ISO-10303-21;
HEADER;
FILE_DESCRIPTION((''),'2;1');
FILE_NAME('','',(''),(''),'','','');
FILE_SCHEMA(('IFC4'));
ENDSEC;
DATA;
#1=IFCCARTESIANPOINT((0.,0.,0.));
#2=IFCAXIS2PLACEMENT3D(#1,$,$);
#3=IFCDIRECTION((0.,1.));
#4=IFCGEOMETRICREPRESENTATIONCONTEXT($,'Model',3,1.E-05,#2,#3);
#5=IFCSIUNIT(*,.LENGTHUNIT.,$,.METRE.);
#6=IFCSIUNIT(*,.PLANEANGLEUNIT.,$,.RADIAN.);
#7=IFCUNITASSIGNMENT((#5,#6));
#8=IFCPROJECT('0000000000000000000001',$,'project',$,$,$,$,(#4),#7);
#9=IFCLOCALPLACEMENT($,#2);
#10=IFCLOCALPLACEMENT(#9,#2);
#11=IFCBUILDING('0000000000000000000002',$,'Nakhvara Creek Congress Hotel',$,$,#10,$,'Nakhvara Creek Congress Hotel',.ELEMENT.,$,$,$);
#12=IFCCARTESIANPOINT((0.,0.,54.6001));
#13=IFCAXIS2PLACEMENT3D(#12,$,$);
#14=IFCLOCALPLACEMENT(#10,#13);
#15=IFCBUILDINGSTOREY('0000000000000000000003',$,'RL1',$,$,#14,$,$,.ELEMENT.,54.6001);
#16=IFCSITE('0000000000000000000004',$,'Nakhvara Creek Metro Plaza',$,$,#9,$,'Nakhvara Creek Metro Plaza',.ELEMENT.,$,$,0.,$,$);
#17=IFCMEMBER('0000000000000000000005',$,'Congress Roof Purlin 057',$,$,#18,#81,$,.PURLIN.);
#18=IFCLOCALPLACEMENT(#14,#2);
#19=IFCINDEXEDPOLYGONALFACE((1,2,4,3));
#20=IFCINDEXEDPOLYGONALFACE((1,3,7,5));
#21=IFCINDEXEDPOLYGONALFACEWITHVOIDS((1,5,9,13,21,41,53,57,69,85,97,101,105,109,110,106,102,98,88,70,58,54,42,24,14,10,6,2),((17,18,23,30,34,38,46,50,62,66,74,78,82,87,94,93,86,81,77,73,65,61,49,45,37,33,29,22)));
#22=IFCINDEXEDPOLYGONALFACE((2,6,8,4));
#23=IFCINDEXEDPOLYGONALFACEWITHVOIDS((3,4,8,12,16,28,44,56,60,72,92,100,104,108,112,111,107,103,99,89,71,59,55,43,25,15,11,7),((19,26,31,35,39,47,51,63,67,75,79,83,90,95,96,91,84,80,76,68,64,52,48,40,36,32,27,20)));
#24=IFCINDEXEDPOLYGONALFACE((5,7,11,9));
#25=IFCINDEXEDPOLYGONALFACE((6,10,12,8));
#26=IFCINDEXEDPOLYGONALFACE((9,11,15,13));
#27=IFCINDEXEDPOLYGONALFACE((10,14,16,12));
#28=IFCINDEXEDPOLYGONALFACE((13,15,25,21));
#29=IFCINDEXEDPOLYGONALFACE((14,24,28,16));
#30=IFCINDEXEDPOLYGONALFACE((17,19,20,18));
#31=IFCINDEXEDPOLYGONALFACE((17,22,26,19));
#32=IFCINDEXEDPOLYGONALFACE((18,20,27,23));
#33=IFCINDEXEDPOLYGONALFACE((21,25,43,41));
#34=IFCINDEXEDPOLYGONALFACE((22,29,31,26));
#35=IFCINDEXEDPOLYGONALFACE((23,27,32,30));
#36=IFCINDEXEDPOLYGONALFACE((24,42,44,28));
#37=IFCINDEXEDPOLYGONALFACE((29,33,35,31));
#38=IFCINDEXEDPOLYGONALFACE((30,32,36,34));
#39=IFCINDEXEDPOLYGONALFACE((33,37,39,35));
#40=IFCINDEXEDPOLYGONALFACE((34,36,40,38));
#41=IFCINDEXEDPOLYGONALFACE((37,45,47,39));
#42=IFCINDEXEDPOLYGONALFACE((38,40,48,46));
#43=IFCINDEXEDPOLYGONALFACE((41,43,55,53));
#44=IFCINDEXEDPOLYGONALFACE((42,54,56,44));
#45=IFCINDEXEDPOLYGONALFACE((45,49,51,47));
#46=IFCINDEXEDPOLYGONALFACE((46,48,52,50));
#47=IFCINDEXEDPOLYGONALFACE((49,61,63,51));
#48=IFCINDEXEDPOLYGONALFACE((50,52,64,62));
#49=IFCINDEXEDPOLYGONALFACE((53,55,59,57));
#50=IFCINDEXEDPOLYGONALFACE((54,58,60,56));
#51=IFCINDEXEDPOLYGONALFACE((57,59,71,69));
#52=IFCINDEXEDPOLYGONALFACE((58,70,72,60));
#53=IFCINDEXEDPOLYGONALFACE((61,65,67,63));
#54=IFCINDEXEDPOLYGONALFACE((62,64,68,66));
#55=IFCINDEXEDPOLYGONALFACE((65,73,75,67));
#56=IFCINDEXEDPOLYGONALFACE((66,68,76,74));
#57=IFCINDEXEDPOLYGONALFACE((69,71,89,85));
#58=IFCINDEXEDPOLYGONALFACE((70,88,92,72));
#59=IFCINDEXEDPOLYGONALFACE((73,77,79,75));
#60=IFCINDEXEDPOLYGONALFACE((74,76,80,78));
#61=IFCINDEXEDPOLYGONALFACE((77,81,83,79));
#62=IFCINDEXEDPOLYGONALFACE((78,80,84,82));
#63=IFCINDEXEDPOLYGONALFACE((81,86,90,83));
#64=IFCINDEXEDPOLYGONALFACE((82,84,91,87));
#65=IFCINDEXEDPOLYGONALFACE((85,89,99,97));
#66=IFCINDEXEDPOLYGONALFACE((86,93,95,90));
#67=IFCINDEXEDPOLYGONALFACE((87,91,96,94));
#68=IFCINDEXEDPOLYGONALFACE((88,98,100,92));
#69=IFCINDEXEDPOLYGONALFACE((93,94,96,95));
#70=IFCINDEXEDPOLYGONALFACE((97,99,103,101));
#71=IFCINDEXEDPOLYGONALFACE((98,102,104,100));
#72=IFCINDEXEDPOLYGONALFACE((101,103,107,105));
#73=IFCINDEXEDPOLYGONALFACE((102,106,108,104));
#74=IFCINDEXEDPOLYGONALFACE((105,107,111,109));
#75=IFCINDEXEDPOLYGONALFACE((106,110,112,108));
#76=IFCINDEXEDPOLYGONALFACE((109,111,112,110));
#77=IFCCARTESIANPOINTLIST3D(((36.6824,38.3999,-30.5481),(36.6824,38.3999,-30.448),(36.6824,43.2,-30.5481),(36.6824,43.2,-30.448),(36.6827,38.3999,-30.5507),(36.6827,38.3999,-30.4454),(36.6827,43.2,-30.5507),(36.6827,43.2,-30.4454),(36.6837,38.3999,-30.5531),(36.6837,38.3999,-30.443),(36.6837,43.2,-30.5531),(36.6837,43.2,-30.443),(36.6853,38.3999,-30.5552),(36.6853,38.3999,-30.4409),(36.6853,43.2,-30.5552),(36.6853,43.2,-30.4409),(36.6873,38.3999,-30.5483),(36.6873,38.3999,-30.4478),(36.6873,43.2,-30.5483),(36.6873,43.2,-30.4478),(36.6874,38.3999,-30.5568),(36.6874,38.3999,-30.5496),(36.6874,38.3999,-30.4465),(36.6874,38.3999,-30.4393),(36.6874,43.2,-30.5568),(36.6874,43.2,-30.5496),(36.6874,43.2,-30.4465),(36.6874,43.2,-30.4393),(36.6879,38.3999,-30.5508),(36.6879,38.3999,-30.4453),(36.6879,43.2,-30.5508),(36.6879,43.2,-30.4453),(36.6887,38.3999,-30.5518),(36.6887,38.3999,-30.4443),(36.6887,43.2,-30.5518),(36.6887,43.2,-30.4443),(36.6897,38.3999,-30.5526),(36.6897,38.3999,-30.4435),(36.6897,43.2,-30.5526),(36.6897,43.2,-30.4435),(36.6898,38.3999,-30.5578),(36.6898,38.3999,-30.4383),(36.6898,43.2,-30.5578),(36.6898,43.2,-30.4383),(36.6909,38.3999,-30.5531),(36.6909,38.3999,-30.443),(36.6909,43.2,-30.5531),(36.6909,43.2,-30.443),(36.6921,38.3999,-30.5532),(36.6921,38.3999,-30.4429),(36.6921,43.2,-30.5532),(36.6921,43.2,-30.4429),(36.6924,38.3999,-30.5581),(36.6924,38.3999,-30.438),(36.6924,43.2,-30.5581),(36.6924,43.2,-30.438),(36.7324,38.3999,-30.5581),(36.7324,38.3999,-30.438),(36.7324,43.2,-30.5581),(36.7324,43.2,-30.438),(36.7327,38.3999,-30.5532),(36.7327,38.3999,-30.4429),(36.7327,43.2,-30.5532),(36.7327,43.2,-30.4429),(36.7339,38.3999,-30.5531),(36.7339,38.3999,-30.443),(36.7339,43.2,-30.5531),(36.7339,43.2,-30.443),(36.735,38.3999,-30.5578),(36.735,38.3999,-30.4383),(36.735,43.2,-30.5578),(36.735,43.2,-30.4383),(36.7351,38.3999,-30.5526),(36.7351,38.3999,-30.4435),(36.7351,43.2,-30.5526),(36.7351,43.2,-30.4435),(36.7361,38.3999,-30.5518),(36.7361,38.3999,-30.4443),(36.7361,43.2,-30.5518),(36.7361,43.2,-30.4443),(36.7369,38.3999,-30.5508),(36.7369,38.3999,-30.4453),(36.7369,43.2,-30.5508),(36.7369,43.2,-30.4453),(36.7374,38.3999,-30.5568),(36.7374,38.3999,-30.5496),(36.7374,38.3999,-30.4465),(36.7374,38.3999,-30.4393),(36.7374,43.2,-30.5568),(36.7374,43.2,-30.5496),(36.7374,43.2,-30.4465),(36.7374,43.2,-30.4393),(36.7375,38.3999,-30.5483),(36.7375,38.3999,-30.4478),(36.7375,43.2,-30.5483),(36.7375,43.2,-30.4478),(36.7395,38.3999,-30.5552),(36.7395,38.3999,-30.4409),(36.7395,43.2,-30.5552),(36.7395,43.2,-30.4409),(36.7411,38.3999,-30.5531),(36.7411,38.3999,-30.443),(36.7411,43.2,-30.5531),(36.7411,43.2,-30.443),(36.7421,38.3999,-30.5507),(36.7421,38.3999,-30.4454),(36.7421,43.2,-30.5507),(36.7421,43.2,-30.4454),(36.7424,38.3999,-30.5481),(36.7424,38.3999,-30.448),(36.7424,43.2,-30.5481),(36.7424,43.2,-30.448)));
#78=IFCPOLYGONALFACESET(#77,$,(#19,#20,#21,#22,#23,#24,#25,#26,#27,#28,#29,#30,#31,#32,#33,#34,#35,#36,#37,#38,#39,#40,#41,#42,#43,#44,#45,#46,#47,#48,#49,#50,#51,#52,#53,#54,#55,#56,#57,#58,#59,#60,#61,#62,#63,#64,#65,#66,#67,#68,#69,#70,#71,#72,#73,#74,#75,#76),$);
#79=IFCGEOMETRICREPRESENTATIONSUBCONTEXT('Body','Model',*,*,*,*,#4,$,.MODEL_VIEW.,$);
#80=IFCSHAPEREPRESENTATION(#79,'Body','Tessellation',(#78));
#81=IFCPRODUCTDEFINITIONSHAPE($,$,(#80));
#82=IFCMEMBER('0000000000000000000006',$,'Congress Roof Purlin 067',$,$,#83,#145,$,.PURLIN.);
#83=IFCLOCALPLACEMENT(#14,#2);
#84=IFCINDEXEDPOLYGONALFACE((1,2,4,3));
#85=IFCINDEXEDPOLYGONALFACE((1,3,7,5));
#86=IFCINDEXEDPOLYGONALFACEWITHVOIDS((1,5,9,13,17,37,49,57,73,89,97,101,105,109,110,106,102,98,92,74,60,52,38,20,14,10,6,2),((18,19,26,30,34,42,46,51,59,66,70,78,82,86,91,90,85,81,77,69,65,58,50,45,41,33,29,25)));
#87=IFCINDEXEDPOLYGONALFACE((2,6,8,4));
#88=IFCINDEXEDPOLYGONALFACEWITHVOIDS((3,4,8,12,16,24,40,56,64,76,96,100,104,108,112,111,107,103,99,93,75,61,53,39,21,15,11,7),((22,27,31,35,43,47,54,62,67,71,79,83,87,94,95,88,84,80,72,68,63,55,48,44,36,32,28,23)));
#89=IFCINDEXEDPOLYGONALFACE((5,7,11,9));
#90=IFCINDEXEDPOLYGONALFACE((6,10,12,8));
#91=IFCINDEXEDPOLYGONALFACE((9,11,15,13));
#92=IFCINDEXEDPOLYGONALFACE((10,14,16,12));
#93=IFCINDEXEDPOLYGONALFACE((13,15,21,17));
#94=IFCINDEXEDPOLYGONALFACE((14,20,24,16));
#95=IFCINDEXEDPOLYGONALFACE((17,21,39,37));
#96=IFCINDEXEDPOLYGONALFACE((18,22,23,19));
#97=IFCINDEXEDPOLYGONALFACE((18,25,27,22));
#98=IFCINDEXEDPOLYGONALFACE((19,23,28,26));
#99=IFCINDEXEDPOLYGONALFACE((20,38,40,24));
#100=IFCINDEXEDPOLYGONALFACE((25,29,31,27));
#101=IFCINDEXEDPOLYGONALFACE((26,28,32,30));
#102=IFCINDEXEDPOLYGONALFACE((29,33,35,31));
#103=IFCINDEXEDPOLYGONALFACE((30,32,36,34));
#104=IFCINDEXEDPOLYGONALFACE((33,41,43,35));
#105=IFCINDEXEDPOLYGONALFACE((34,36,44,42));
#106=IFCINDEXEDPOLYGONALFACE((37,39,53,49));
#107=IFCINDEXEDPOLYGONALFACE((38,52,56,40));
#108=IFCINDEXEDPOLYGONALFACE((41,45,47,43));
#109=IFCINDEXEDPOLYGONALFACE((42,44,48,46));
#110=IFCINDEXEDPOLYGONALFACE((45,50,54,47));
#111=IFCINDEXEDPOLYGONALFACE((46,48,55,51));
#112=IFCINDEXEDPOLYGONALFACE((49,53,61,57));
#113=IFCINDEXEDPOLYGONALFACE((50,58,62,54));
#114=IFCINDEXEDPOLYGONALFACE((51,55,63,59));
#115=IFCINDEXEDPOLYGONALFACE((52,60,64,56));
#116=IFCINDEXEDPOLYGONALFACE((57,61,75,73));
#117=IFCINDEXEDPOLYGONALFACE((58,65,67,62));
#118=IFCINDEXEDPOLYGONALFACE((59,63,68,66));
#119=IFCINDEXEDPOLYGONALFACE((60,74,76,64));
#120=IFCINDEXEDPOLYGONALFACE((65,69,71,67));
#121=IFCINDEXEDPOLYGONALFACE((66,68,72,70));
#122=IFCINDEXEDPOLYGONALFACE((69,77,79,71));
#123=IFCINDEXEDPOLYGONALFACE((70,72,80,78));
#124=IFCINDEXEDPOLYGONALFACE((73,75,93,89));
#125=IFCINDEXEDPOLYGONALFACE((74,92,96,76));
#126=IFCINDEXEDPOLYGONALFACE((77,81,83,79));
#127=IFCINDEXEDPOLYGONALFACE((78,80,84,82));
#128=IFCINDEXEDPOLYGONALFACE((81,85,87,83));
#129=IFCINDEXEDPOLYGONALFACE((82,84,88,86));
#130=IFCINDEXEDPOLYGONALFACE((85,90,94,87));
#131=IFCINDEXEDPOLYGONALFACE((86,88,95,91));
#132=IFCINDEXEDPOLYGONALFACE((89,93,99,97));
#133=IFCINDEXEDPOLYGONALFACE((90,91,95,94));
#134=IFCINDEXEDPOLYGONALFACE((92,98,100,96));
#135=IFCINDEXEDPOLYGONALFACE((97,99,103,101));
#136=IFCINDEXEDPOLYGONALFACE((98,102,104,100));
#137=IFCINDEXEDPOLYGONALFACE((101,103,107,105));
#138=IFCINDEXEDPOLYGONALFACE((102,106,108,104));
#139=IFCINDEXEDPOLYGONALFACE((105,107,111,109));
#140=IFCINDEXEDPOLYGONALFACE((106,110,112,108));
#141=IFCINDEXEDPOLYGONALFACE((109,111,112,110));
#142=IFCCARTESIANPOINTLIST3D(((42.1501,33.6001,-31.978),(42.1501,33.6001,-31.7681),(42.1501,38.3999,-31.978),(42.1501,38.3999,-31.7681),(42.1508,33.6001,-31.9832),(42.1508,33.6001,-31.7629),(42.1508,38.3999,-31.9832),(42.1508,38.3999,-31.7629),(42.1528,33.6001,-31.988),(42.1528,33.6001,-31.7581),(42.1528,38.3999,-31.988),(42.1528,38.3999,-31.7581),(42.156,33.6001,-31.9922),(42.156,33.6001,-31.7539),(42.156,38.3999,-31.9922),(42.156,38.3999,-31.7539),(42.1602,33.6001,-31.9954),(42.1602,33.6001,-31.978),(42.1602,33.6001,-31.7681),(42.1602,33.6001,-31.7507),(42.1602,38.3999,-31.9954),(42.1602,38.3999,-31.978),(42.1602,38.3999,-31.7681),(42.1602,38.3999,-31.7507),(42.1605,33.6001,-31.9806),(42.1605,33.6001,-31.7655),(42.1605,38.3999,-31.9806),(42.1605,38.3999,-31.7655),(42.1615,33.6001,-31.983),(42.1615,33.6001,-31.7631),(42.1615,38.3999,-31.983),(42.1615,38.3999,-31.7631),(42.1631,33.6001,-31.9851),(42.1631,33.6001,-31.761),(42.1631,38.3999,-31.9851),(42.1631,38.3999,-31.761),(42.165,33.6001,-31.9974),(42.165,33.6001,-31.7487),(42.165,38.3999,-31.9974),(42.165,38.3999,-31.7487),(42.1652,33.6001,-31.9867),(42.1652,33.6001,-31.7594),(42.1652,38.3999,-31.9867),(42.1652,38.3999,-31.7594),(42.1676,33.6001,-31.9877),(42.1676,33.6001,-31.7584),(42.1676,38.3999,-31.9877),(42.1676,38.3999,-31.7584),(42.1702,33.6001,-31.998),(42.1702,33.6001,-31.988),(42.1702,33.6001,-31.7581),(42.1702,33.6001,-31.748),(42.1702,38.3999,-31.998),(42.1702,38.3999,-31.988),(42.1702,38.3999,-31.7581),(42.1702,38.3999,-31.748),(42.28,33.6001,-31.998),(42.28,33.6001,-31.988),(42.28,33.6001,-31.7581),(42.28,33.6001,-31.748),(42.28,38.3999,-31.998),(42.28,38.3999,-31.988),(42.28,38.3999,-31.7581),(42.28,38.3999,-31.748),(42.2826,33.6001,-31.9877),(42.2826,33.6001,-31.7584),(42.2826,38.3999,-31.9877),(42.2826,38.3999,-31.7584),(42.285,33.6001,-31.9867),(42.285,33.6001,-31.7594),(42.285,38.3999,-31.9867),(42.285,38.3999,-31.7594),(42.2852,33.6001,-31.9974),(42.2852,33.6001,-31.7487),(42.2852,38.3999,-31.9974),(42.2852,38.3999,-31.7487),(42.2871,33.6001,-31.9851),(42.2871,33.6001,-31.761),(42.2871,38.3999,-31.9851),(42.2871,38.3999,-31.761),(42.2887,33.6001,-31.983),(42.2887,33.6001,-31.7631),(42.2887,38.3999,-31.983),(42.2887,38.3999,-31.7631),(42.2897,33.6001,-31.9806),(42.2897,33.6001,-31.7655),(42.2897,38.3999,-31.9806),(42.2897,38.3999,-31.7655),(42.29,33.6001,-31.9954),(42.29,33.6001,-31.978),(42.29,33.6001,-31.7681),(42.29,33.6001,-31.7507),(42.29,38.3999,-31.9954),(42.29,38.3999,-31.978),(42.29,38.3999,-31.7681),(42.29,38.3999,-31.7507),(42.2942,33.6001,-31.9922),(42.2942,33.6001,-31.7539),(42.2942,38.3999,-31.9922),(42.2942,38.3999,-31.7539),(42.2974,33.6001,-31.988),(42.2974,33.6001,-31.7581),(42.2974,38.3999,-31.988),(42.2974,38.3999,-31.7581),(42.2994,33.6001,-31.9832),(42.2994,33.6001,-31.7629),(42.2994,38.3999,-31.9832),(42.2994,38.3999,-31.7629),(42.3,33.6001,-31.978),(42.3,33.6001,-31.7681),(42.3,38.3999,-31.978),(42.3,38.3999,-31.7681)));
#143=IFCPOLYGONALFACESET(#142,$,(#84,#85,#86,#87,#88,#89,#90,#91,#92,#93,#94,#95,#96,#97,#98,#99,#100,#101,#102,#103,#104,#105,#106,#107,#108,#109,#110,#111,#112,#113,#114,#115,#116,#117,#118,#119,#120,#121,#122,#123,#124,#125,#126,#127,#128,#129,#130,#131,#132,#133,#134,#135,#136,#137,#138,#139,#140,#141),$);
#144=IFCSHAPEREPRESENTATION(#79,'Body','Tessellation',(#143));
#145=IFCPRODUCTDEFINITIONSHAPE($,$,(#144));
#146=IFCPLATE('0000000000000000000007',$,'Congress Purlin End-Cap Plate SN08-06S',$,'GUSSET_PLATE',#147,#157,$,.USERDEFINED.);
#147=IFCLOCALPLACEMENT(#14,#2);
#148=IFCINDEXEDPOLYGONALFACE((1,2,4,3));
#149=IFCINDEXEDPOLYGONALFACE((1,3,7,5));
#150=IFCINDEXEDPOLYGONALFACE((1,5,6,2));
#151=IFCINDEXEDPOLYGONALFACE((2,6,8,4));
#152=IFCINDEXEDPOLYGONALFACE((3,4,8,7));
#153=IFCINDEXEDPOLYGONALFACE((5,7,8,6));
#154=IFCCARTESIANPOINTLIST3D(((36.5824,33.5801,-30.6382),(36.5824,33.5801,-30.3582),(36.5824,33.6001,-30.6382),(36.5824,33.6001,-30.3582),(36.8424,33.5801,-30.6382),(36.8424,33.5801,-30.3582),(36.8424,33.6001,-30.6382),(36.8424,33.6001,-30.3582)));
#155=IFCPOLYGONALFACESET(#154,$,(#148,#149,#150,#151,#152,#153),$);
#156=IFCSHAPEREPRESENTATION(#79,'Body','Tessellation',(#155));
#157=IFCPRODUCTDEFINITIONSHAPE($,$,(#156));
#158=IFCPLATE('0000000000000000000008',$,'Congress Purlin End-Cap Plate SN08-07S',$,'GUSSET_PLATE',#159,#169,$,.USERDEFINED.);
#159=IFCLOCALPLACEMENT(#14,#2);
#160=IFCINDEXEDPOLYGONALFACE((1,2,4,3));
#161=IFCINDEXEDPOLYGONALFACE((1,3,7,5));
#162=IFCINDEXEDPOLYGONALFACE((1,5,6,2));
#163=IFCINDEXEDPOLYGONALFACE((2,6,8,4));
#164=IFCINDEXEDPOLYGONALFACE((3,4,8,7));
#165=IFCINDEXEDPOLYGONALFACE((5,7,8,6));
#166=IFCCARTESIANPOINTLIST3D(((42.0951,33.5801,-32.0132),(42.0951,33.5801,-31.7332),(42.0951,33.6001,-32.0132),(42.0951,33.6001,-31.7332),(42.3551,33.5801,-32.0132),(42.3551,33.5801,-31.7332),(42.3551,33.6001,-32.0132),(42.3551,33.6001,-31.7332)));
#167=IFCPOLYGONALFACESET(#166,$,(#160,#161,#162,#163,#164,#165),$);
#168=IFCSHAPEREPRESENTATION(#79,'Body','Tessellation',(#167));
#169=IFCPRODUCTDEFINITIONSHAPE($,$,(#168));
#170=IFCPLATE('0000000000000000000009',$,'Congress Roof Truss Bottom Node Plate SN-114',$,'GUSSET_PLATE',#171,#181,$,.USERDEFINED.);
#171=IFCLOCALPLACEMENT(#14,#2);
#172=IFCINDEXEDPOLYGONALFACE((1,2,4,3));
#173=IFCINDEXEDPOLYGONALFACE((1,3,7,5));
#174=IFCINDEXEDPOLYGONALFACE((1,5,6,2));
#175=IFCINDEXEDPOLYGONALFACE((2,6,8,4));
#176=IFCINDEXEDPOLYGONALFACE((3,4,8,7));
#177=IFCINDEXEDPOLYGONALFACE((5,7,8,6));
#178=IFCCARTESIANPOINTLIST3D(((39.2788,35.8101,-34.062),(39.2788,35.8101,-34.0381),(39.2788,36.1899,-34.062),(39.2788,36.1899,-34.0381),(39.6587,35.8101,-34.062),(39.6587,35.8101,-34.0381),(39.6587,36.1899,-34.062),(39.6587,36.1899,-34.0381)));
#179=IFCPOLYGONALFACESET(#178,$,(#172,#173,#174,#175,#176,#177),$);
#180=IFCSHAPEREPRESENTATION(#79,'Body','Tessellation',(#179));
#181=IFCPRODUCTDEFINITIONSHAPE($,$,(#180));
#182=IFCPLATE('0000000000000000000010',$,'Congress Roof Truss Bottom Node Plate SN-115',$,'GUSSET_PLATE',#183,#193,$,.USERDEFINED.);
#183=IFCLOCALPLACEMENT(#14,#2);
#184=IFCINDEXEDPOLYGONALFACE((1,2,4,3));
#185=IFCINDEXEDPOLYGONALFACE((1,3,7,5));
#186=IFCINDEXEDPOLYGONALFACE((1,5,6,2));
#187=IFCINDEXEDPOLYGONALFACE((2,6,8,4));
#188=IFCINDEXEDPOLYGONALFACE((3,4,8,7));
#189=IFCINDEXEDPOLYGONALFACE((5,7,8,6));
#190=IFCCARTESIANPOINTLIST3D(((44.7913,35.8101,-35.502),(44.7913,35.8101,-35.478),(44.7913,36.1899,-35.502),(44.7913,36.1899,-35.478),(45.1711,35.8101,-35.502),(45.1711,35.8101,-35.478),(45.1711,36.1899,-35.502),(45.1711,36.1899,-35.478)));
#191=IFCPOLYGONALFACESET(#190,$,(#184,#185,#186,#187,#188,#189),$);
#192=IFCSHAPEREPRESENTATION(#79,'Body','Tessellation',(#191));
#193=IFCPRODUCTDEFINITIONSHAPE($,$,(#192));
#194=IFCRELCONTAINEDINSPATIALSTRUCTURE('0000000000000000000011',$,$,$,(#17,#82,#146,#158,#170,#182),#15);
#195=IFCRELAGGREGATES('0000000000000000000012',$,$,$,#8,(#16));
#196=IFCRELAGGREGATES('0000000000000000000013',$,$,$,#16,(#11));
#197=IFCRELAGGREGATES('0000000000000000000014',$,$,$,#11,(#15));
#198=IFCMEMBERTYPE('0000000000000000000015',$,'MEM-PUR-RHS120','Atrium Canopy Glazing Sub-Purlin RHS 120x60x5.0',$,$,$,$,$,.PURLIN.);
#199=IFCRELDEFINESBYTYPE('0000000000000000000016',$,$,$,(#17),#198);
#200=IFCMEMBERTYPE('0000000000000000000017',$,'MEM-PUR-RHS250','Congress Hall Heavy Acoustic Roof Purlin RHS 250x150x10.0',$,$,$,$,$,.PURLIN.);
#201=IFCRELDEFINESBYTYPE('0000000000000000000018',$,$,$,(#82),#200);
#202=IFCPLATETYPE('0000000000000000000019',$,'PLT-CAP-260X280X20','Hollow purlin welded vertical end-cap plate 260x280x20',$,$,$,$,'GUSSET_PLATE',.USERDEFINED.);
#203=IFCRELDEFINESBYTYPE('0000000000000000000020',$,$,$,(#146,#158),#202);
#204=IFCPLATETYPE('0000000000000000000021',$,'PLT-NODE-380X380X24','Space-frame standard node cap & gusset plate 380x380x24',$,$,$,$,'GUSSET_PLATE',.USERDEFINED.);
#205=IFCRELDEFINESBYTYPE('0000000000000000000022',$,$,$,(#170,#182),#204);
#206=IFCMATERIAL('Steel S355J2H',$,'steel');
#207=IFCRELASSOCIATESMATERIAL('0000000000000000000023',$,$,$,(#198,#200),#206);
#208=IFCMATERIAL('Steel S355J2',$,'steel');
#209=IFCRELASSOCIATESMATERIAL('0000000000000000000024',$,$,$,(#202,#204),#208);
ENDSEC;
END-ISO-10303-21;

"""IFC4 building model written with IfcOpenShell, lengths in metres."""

from ifc_helpers import new_model, si_unit, direction, frame, origin, origin_2d, place, context, subcontext, project, spatial, rectangle, hollow_rectangle, extrude, material, material_profile, profile_set, type_object, element, save


model = new_model("IFC4")

# Units and contexts
model_context = context("Model", 3, precision=1e-05, world=origin(), true_north=direction((0.0, 1.0)))
body_context = subcontext(model_context, "Body", "Model", "MODEL_VIEW")
ifc_project = project(units=[si_unit("LENGTHUNIT", "METRE"), si_unit("PLANEANGLEUNIT", "RADIAN")], contexts=[model_context])

# Site, building, storey
site_placement = place(None, origin())
site = spatial("IfcSite", under=ifc_project, at=site_placement, Name="Nakhvara Creek Metro Plaza", LongName="Nakhvara Creek Metro Plaza", CompositionType="ELEMENT", RefElevation=0.0)
building_placement = place(site_placement, origin())
building = spatial("IfcBuilding", under=site, at=building_placement, Name="Nakhvara Creek Congress Hotel", LongName="Nakhvara Creek Congress Hotel", CompositionType="ELEMENT")
storey_placement = place(building_placement, frame((0.0, 0.0, 54.6001)))
storey = spatial("IfcBuildingStorey", under=building, at=storey_placement, Name="RL1", CompositionType="ELEMENT", Elevation=54.6001)

# Members
ifc_material_1 = material(Name="Steel S355J2H", Category="steel")
ifc_material_profile_1 = material_profile(ifc_material_1, hollow_rectangle(XDim=0.0601, YDim=0.1201, WallThickness=0.0049, InnerFilletRadius=0.0049, OuterFilletRadius=0.01, at=origin_2d()), Name="RHS 120x60x5.0", Category="LoadBearing")
ifc_profile_set_1 = profile_set([ifc_material_profile_1], Name="Steel S355J2H")
member_type_1 = type_object("IfcMemberType", Name="MEM-PUR-RHS120", Description="Atrium Canopy Glazing Sub-Purlin RHS 120x60x5.0", PredefinedType="PURLIN", material=ifc_profile_set_1)
member_1_placement = place(storey_placement, frame((36.7124, 38.3999, -30.498), z_axis=(0.0, 1.0, 0.0), x_axis=(-1.0, 0.0, 0.0)))
element("IfcMember", 1, at=member_1_placement, inside=storey, type_object=member_type_1, Name="Congress Roof Purlin 057", PredefinedType="PURLIN", context=body_context, shape_type="SweptSolid", body=[
    extrude(hollow_rectangle(XDim=0.0601, YDim=0.1201, WallThickness=0.0049, InnerFilletRadius=0.0049, OuterFilletRadius=0.01, at=origin_2d()), origin(), (0.0, 0.0, 1.0), 4.8),
])
ifc_material_profile_2 = material_profile(ifc_material_1, hollow_rectangle(XDim=0.1499, YDim=0.25, WallThickness=0.01, InnerFilletRadius=0.01, OuterFilletRadius=0.02, at=origin_2d()), Name="RHS 250x150x10.0", Category="LoadBearing")
ifc_profile_set_2 = profile_set([ifc_material_profile_2], Name="Steel S355J2H")
member_type_2 = type_object("IfcMemberType", Name="MEM-PUR-RHS250", Description="Congress Hall Heavy Acoustic Roof Purlin RHS 250x150x10.0", PredefinedType="PURLIN", material=ifc_profile_set_2)
member_2_placement = place(storey_placement, frame((42.2251, 33.6001, -31.873), z_axis=(0.0, 1.0, 0.0), x_axis=(-1.0, 0.0, 0.0)))
element("IfcMember", 2, at=member_2_placement, inside=storey, type_object=member_type_2, Name="Congress Roof Purlin 067", PredefinedType="PURLIN", context=body_context, shape_type="SweptSolid", body=[
    extrude(hollow_rectangle(XDim=0.1499, YDim=0.25, WallThickness=0.01, InnerFilletRadius=0.01, OuterFilletRadius=0.02, at=origin_2d()), origin(), (0.0, 0.0, 1.0), 4.7998),
])

# Plates
ifc_material_2 = material(Name="Steel S355J2", Category="steel")
plate_type_1 = type_object("IfcPlateType", Name="PLT-CAP-260X280X20", Description="Hollow purlin welded vertical end-cap plate 260x280x20", ElementType="GUSSET_PLATE", PredefinedType="USERDEFINED", material=ifc_material_2)
for number, where, z_axis, x_axis, name in (
    (3, (36.7124, 33.5901, -30.6382), (0.0, 0.0, 1.0), (1.0, 0.0, 0.0), "Congress Purlin End-Cap Plate SN08-06S"),
    (4, (42.2251, 33.5901, -32.0132), (0.0, 0.0, 1.0), (1.0, 0.0, 0.0), "Congress Purlin End-Cap Plate SN08-07S"),
):
    element("IfcPlate", number, at=place(storey_placement, frame(where, z_axis=z_axis, x_axis=x_axis)), inside=storey, type_object=plate_type_1, Name=name, ObjectType="GUSSET_PLATE", PredefinedType="USERDEFINED", context=body_context, shape_type="SweptSolid", body=[
        extrude(rectangle(XDim=0.26, YDim=0.02, at=origin_2d()), origin(), (0.0, 0.0, 1.0), 0.28),
    ])
plate_type_2 = type_object("IfcPlateType", Name="PLT-NODE-380X380X24", Description="Space-frame standard node cap & gusset plate 380x380x24", ElementType="GUSSET_PLATE", PredefinedType="USERDEFINED", material=ifc_material_2)
for number, where, z_axis, x_axis, name in (
    (5, (39.4688, 36.0, -34.062), (0.0, 0.0, 1.0), (1.0, 0.0, 0.0), "Congress Roof Truss Bottom Node Plate SN-114"),
    (6, (44.9812, 36.0, -35.502), (0.0, 0.0, 1.0), (1.0, 0.0, 0.0), "Congress Roof Truss Bottom Node Plate SN-115"),
):
    element("IfcPlate", number, at=place(storey_placement, frame(where, z_axis=z_axis, x_axis=x_axis)), inside=storey, type_object=plate_type_2, Name=name, ObjectType="GUSSET_PLATE", PredefinedType="USERDEFINED", context=body_context, shape_type="SweptSolid", body=[
        extrude(rectangle(XDim=0.3799, YDim=0.3799, at=origin_2d()), origin(), (0.0, 0.0, 1.0), 0.0239),
    ])

save(model, "model.ifc")
